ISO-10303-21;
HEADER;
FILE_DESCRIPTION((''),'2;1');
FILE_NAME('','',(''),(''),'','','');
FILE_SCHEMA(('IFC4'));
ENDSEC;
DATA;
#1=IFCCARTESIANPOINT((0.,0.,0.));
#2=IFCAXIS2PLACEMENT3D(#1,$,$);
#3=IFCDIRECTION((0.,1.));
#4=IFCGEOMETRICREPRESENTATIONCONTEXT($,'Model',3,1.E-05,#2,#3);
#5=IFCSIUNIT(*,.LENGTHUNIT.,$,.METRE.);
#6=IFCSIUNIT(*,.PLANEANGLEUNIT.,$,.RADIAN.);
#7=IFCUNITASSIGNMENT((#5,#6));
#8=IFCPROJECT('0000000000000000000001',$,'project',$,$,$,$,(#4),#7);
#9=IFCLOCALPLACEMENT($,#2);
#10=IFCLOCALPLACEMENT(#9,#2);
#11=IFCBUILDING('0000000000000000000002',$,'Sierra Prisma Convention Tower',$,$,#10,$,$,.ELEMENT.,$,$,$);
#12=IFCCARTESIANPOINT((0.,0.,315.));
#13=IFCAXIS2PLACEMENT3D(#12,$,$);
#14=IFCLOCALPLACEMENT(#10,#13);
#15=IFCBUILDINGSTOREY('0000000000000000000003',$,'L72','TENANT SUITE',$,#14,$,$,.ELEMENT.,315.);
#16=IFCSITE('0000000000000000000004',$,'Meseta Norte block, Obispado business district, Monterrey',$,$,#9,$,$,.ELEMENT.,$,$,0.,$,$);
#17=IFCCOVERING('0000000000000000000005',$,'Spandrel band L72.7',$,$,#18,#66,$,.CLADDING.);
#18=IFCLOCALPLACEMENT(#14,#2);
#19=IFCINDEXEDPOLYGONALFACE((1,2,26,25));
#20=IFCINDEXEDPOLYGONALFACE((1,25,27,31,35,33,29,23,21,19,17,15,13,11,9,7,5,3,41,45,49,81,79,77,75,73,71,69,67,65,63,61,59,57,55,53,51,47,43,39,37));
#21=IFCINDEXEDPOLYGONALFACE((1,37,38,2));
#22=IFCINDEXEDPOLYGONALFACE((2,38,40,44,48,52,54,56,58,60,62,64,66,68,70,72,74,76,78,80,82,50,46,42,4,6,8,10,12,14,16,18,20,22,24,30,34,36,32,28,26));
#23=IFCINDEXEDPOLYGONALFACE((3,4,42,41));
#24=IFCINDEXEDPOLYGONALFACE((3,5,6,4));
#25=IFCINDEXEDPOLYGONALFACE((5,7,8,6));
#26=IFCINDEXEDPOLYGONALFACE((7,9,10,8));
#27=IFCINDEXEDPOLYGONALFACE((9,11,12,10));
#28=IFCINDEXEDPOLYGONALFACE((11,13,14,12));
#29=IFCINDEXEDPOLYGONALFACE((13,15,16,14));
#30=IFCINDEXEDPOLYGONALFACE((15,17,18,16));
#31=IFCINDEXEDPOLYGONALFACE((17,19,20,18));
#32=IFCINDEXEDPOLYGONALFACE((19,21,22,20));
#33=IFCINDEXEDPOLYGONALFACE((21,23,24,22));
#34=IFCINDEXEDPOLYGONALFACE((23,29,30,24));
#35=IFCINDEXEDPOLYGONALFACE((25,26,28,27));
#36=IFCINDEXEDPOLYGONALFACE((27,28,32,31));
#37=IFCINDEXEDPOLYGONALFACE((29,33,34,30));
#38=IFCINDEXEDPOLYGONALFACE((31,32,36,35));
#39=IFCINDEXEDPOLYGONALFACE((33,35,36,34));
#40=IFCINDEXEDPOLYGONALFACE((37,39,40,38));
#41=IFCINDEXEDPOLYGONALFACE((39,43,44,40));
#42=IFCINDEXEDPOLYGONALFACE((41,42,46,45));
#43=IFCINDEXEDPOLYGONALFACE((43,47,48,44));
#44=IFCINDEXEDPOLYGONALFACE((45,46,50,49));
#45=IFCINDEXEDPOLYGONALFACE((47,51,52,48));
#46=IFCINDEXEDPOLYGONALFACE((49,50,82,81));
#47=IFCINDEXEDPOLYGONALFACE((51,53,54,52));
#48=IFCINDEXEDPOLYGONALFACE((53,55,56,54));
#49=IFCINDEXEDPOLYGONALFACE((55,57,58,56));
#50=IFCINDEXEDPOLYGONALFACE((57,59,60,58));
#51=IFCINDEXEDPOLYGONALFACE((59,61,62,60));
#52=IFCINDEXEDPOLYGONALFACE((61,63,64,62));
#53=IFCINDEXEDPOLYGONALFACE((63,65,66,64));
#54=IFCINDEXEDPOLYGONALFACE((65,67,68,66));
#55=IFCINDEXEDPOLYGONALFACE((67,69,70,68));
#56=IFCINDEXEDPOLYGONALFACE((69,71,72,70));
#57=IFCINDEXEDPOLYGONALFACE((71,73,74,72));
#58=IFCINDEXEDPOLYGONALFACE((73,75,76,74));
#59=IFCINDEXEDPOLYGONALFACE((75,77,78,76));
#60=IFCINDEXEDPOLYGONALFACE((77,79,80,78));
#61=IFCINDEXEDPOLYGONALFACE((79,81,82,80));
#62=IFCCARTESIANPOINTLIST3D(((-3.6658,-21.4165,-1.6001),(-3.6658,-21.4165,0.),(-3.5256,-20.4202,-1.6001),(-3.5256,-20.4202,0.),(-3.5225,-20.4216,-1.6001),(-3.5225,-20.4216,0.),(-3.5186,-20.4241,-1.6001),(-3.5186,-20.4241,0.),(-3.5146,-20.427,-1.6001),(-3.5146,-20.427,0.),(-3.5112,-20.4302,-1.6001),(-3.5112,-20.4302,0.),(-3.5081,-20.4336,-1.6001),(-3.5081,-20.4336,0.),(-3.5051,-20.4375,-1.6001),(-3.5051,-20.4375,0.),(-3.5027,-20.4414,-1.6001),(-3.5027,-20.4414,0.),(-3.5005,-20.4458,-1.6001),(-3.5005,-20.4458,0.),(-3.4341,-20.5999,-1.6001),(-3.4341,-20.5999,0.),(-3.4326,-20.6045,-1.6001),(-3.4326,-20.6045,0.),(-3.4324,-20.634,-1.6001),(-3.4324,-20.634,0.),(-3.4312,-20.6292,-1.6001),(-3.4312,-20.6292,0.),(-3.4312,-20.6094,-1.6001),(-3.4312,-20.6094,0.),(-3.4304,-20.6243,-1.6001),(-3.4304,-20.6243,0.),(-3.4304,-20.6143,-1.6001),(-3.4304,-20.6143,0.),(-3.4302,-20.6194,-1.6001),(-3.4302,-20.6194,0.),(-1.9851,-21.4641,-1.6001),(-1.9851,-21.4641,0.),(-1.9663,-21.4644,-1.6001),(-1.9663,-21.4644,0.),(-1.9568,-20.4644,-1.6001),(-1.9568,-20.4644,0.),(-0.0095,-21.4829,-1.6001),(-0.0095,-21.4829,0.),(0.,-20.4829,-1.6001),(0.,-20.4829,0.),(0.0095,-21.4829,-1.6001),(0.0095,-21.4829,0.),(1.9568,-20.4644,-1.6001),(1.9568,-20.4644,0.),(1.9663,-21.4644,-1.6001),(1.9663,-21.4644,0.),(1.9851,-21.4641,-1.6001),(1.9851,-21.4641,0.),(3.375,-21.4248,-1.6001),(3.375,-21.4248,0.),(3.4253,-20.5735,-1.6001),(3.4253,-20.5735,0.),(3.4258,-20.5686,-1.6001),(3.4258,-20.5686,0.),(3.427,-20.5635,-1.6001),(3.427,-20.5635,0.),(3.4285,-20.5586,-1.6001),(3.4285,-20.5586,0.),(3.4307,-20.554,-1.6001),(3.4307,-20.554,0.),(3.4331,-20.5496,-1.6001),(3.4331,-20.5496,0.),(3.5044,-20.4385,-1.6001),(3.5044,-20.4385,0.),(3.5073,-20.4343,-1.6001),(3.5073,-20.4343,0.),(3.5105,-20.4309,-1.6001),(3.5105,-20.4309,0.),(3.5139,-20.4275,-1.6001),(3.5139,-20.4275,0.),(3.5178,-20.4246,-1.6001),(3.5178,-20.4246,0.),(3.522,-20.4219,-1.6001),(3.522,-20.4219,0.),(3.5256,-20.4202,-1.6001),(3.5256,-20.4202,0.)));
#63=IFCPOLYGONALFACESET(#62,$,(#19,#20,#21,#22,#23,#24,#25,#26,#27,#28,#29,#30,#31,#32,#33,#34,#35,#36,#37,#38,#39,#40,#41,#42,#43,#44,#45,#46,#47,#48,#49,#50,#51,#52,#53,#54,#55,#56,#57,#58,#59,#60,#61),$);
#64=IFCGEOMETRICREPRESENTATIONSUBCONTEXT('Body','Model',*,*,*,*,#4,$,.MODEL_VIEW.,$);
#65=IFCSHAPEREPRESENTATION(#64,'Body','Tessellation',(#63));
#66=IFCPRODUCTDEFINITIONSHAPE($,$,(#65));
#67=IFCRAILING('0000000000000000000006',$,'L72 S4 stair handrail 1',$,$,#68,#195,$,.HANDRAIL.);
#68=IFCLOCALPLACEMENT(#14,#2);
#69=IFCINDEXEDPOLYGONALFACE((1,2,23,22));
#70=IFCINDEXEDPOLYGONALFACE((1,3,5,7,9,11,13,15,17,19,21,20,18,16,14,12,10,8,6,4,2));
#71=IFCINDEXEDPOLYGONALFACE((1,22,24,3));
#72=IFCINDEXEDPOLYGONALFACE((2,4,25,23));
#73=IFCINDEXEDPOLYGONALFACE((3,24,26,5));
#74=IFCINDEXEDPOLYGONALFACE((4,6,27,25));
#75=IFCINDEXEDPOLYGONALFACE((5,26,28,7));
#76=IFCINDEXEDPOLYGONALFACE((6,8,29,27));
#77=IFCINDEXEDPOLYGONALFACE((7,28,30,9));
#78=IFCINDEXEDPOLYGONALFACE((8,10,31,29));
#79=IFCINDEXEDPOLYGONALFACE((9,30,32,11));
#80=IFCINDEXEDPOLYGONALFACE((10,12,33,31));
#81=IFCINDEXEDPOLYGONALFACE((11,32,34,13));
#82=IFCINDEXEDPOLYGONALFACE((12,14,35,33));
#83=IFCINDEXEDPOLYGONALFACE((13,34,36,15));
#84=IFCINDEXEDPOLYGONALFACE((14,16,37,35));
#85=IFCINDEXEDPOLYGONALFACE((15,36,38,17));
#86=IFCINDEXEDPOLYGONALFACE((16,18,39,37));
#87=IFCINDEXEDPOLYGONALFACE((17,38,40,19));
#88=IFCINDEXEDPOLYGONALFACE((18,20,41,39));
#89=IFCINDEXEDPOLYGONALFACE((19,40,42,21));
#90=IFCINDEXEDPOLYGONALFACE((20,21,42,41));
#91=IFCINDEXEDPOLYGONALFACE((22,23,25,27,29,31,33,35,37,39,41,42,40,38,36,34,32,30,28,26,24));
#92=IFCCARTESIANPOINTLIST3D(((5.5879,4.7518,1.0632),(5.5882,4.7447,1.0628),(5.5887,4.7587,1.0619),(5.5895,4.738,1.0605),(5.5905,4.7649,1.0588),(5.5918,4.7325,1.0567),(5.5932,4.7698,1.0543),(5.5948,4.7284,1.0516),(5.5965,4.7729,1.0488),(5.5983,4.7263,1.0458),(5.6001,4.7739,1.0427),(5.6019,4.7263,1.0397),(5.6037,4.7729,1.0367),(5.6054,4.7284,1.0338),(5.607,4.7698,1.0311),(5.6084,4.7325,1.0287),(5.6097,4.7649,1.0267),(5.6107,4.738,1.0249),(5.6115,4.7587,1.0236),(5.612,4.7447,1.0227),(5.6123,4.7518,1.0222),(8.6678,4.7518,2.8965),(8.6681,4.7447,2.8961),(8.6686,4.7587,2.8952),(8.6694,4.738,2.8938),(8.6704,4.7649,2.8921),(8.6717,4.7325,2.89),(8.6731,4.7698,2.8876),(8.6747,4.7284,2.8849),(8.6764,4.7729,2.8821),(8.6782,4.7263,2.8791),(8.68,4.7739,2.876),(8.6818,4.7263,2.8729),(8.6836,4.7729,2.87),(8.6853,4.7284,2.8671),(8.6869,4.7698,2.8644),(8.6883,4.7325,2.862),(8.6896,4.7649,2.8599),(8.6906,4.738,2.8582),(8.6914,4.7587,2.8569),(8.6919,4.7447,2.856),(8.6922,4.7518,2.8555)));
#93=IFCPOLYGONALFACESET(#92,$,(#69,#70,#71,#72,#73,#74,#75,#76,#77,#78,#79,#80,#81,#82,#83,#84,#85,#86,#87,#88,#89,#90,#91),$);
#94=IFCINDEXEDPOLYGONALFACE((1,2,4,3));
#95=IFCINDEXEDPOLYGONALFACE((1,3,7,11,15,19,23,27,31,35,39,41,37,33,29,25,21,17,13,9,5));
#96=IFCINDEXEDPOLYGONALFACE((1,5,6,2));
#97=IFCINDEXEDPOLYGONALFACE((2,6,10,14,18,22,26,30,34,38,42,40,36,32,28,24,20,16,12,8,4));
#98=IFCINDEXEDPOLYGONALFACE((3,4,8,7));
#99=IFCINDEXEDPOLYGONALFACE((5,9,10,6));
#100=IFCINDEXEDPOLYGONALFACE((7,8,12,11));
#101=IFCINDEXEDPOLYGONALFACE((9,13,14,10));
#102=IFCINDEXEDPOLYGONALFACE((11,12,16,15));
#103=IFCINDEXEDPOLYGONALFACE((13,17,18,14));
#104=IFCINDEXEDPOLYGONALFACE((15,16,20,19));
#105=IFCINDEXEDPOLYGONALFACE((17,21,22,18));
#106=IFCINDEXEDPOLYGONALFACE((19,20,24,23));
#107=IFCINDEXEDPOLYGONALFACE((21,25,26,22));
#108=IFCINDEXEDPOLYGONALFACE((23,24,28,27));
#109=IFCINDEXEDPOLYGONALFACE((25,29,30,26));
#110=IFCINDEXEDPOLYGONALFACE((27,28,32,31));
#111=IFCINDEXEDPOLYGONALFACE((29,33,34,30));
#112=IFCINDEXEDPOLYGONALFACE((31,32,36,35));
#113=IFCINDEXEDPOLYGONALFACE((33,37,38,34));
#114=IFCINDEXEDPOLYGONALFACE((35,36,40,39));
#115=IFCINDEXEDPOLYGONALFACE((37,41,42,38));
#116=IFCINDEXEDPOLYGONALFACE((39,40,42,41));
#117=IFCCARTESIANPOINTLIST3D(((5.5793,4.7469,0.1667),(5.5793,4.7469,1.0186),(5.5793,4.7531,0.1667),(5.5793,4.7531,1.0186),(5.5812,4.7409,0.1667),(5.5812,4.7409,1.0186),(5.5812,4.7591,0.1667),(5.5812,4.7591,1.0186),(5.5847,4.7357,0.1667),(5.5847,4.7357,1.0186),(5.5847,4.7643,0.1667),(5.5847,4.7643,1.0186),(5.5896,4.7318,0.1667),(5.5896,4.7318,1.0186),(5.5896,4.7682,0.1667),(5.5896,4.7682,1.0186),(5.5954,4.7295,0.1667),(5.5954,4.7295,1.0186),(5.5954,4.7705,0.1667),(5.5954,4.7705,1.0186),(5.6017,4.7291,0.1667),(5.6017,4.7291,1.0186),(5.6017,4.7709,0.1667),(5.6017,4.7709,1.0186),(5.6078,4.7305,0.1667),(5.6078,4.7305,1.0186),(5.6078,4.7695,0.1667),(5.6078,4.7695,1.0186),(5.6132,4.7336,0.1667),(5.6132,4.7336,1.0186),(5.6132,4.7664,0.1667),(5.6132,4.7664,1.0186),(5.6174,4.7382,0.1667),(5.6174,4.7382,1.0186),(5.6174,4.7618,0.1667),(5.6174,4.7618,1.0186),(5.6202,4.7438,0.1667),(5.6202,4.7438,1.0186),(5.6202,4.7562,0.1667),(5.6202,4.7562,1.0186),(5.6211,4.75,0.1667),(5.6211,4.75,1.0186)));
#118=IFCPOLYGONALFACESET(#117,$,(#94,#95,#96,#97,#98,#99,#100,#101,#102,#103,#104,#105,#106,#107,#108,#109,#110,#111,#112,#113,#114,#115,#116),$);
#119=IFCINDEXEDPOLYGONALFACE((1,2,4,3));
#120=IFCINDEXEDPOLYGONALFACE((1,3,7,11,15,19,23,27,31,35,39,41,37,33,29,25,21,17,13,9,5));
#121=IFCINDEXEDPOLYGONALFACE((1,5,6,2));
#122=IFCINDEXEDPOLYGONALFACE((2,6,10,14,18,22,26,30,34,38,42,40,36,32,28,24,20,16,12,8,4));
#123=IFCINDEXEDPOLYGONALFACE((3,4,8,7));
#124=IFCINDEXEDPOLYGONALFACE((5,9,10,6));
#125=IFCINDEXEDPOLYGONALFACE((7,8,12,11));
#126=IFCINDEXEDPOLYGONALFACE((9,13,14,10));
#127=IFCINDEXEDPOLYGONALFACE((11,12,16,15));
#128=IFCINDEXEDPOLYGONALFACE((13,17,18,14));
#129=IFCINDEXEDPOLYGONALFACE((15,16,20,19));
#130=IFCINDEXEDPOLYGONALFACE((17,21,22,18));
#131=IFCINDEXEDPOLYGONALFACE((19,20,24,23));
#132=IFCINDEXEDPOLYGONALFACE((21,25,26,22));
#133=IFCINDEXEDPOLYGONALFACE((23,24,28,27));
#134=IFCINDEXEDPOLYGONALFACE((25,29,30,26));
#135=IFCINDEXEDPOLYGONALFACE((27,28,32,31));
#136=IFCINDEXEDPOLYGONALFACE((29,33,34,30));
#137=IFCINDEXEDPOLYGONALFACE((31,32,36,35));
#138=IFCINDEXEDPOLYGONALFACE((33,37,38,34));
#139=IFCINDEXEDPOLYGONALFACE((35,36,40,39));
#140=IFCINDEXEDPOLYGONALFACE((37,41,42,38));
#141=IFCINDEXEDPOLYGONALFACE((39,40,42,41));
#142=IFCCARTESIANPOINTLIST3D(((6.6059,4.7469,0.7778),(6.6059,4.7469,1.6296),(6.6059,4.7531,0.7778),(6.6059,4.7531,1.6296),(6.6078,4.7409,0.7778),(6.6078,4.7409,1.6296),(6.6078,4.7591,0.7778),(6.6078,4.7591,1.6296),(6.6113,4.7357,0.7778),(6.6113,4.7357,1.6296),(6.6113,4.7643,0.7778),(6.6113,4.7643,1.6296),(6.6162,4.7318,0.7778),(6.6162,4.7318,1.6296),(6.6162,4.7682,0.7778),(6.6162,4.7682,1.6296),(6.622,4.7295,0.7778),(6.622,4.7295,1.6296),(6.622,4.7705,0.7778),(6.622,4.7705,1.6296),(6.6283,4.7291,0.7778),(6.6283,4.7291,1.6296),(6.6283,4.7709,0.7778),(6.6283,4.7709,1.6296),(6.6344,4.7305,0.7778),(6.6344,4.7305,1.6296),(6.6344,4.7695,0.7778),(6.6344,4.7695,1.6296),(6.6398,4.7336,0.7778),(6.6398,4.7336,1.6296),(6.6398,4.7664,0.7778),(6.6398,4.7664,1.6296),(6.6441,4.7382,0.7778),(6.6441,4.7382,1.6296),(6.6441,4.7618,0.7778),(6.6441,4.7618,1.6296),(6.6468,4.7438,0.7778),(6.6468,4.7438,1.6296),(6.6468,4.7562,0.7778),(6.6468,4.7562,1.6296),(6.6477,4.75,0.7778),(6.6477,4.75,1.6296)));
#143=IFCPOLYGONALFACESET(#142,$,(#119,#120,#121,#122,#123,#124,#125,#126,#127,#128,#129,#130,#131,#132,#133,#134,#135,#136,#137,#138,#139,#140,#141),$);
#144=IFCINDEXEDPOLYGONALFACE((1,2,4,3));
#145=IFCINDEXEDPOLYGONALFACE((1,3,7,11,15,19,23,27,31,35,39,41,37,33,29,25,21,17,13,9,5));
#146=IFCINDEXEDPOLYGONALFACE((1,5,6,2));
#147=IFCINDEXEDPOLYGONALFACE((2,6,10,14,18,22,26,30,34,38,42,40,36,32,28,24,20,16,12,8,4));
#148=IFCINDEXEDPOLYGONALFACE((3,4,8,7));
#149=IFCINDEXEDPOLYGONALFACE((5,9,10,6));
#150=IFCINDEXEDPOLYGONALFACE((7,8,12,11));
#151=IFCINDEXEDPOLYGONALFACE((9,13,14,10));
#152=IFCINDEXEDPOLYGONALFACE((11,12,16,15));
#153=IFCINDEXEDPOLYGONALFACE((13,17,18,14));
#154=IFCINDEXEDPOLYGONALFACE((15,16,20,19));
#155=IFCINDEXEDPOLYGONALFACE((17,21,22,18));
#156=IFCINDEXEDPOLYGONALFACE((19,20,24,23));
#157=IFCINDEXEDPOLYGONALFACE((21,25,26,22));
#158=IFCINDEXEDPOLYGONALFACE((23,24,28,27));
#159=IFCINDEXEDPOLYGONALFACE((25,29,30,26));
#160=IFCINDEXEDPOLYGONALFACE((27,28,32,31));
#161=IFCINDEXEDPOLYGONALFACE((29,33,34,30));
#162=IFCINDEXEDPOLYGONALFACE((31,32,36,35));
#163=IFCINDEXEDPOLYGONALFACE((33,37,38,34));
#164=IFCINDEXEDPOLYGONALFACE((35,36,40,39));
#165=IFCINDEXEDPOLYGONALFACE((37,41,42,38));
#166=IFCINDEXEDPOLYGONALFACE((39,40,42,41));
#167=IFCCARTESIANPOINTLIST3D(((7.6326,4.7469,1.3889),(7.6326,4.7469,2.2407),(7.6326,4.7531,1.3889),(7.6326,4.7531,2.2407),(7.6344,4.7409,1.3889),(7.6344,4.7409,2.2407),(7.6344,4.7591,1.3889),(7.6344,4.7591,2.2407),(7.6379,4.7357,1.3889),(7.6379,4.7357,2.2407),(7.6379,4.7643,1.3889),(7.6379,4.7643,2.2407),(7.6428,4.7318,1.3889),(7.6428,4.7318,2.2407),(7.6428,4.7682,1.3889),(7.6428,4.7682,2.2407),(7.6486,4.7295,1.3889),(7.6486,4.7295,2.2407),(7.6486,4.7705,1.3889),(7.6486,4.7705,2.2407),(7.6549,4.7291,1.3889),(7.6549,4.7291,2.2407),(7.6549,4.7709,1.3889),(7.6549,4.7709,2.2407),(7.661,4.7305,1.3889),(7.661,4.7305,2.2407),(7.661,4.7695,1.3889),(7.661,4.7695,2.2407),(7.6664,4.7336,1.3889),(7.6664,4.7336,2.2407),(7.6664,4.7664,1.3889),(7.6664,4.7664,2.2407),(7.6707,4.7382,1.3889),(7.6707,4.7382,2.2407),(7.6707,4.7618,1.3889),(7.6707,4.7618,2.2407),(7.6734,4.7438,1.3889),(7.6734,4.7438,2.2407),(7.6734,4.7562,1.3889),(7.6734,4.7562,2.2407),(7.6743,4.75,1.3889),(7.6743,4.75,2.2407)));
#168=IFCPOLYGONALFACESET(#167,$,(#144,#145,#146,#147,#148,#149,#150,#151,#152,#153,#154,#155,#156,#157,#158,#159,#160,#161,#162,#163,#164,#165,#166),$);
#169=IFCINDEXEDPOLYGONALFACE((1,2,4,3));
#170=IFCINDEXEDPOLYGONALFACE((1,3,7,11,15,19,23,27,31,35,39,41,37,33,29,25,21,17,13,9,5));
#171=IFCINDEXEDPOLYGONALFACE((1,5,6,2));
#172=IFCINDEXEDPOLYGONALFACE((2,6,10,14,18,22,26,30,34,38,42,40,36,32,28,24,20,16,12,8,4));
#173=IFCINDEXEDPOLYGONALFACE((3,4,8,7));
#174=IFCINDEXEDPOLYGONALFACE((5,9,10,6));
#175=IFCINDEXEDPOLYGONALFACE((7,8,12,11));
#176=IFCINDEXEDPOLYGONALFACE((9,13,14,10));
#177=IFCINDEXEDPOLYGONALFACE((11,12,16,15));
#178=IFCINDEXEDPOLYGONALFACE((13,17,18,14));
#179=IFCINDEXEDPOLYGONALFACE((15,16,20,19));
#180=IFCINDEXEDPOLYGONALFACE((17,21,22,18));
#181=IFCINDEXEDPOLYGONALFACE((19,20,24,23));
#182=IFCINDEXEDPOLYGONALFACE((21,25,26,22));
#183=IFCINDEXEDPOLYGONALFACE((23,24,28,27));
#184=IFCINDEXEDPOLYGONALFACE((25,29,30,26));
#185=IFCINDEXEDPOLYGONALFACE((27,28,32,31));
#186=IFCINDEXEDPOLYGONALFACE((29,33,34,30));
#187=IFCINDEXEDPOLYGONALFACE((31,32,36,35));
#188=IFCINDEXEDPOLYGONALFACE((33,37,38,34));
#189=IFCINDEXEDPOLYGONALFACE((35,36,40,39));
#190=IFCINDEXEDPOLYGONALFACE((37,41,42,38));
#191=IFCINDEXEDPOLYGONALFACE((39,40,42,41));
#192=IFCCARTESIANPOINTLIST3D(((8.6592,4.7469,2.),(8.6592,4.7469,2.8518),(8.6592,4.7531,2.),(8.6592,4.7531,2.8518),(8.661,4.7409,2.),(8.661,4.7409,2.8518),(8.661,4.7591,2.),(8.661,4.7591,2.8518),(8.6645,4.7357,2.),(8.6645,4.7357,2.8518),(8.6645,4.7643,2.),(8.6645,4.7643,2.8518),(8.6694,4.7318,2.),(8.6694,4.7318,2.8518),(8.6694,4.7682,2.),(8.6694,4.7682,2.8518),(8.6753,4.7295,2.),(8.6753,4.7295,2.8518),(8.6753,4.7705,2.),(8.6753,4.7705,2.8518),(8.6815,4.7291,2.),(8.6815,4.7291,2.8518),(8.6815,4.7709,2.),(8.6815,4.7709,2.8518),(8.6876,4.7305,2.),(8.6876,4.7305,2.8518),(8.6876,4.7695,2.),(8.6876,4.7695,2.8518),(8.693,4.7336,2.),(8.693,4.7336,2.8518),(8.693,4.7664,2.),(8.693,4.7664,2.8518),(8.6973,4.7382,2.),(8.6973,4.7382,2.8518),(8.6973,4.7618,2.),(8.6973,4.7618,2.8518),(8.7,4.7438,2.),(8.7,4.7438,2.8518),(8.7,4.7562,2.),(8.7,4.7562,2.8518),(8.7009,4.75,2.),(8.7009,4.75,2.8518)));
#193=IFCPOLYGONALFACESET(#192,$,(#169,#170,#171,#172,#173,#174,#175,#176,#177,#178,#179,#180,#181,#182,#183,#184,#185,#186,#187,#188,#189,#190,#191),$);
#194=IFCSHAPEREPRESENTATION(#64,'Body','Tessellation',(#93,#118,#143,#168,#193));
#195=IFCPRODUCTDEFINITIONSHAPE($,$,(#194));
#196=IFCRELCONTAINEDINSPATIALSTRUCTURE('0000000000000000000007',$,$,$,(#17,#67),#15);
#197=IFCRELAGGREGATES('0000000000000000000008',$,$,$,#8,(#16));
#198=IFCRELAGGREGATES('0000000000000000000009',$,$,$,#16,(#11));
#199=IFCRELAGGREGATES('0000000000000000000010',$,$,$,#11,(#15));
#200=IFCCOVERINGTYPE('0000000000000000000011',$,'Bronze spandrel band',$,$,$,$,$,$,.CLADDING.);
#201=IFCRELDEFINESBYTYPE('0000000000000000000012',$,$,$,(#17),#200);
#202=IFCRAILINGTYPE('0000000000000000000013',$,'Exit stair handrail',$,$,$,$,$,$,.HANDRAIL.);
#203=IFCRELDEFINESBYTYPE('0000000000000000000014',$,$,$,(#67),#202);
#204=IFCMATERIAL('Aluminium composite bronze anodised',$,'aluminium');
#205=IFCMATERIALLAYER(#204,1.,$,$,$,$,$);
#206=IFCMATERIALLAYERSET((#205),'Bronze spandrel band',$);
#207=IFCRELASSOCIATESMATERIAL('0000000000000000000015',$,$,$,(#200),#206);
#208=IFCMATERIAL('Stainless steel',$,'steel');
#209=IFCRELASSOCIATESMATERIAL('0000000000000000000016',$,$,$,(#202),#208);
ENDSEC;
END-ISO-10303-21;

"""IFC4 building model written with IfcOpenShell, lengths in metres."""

from ifc_helpers import new_model, si_unit, direction, frame, origin, origin_2d, place, context, subcontext, project, spatial, polyline, circle, outline, extrude, material, layer, layer_set, type_object, element, save


model = new_model("IFC4")

# Units and contexts
model_context = context("Model", 3, precision=1e-05, world=origin(), true_north=direction((0.0, 1.0)))
body_context = subcontext(model_context, "Body", "Model", "MODEL_VIEW")
ifc_project = project(units=[si_unit("LENGTHUNIT", "METRE"), si_unit("PLANEANGLEUNIT", "RADIAN")], contexts=[model_context])

# Site, building, storey
site_placement = place(None, origin())
site = spatial("IfcSite", under=ifc_project, at=site_placement, Name="Meseta Norte block, Obispado business district, Monterrey", CompositionType="ELEMENT", RefElevation=0.0)
building_placement = place(site_placement, origin())
building = spatial("IfcBuilding", under=site, at=building_placement, Name="Sierra Prisma Convention Tower", CompositionType="ELEMENT")
storey_placement = place(building_placement, frame((0.0, 0.0, 315.0)))
storey = spatial("IfcBuildingStorey", under=building, at=storey_placement, Name="L72", Description="TENANT SUITE", CompositionType="ELEMENT", Elevation=315.0)

# Covering
ifc_material_1 = material(Name="Aluminium composite bronze anodised", Category="aluminium")
ifc_layer_1 = layer(ifc_material_1, 1.0)
ifc_layer_set_1 = layer_set([ifc_layer_1], Name="Bronze spandrel band")
covering_type_1 = type_object("IfcCoveringType", Name="Bronze spandrel band", PredefinedType="CLADDING", material=ifc_layer_set_1)
covering_1_placement = place(storey_placement, frame((0.0, 0.0, -1.6001)))
element("IfcCovering", 1, at=covering_1_placement, inside=storey, type_object=covering_type_1, Name="Spandrel band L72.7", PredefinedType="CLADDING", context=body_context, shape_type="SweptSolid", body=[
    extrude(outline(polyline([(-3.5051, -20.4375), (-3.5081, -20.4336), (-3.5112, -20.4302), (-3.5146, -20.427), (-3.5186, -20.4241), (-3.5225, -20.4216), (-3.5256, -20.4202), (-1.9568, -20.4644), (0.0, -20.4829), (1.9568, -20.4644), (3.5256, -20.4202), (3.522, -20.4219), (3.5178, -20.4246), (3.5139, -20.4275), (3.5105, -20.4309), (3.5073, -20.4343), (3.5044, -20.4385), (3.4331, -20.5496), (3.4307, -20.554), (3.4285, -20.5586), (3.427, -20.5635), (3.4258, -20.5686), (3.4253, -20.5735), (3.375, -21.4248), (1.9851, -21.4641), (1.9663, -21.4644), (0.0095, -21.4829), (-0.0095, -21.4829), (-1.9663, -21.4644), (-1.9851, -21.4641), (-3.6658, -21.4165), (-3.4324, -20.634), (-3.4312, -20.6292), (-3.4304, -20.6243), (-3.4302, -20.6194), (-3.4304, -20.6143), (-3.4312, -20.6094), (-3.4326, -20.6045), (-3.4341, -20.5999), (-3.5005, -20.4458), (-3.5027, -20.4414), (-3.5051, -20.4375)])), origin(), (0.0, 0.0, 1.0), 1.6001),
])

# Railing
ifc_material_2 = material(Name="Stainless steel", Category="steel")
railing_type_1 = type_object("IfcRailingType", Name="Exit stair handrail", PredefinedType="HANDRAIL", material=ifc_material_2)
railing_1_placement = place(storey_placement, frame((5.6001, 4.75, 0.1667)))
element("IfcRailing", 2, at=railing_1_placement, inside=storey, type_object=railing_type_1, Name="L72 S4 stair handrail 1", PredefinedType="HANDRAIL", context=body_context, shape_type="SweptSolid", body=[
    extrude(circle(Radius=0.0239, at=origin_2d()), frame((0.0, 0.0, 0.876), z_axis=(0.859291, 0.0, 0.511487), x_axis=(0.0, 1.0, 0.0)), (0.0, 0.0, 1.0), 3.5842),
    extrude(circle(Radius=0.021, at=origin_2d()), origin(), (0.0, 0.0, 1.0), 0.8518),
    extrude(circle(Radius=0.021, at=origin_2d()), frame((1.0266, 0.0, 0.6111)), (0.0, 0.0, 1.0), 0.8518),
    extrude(circle(Radius=0.021, at=origin_2d()), frame((2.0532, 0.0, 1.2222)), (0.0, 0.0, 1.0), 0.8518),
    extrude(circle(Radius=0.021, at=origin_2d()), frame((3.0798, 0.0, 1.8333)), (0.0, 0.0, 1.0), 0.8518),
])

save(model, "model.ifc")
